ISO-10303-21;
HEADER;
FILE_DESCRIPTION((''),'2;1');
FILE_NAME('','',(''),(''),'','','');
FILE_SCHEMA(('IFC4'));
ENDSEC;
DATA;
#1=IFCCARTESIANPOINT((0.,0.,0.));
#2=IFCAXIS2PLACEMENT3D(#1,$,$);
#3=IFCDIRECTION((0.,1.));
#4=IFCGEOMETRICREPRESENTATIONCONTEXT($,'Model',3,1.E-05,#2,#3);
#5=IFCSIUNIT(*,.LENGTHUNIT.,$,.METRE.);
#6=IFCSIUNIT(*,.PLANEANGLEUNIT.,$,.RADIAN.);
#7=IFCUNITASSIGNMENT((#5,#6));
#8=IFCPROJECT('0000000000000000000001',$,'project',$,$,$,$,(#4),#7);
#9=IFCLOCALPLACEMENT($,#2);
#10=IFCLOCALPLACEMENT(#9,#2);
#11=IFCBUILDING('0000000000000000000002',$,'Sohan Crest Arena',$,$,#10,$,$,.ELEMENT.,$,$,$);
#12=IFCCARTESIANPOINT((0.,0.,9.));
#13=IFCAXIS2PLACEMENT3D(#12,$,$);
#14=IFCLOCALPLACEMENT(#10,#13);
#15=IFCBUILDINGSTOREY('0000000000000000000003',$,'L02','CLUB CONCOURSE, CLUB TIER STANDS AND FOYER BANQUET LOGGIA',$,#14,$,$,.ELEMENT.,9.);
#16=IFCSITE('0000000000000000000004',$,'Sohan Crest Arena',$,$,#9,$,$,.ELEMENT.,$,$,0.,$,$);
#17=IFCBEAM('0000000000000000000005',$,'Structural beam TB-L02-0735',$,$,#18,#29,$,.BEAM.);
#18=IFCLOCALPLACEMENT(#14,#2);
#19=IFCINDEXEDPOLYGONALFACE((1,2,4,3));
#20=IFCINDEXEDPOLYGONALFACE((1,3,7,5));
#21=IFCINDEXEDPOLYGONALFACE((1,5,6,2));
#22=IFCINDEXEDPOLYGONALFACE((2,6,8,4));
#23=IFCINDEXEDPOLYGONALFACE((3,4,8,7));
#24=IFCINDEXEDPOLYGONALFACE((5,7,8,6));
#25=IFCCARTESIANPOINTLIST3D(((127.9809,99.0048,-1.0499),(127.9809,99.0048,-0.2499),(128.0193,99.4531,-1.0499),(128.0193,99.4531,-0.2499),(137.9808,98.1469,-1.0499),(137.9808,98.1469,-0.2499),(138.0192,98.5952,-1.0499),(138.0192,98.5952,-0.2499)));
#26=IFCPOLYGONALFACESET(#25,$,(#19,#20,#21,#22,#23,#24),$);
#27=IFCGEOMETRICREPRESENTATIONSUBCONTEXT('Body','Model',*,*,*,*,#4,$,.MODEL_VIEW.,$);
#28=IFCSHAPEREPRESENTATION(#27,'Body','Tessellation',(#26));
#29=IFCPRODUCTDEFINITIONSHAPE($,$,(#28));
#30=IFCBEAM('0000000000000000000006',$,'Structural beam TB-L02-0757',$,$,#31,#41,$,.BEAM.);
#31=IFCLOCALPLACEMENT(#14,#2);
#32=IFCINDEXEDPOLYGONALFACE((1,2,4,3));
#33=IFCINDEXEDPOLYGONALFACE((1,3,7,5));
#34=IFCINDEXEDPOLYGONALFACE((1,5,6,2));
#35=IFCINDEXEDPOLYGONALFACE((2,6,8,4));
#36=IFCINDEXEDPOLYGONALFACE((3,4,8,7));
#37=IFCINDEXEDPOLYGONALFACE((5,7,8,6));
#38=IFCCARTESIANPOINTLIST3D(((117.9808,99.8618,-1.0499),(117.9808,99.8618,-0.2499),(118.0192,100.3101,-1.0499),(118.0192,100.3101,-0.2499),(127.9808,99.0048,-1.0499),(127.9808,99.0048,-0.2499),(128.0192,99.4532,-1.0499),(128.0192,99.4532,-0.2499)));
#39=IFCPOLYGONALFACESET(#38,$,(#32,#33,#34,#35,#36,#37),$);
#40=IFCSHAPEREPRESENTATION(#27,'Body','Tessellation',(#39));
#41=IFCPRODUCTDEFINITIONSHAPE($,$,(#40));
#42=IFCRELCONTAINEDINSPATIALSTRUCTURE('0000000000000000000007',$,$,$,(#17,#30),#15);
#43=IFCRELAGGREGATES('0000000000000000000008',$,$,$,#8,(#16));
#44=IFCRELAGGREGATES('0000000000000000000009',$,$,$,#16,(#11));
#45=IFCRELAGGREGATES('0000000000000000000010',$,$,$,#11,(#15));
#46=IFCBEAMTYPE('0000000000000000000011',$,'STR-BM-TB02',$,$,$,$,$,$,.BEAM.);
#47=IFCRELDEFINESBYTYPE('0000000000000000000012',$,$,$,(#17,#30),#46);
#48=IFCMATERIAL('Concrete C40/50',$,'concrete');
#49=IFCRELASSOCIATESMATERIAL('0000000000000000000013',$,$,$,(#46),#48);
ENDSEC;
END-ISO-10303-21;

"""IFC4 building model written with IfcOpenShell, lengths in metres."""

from ifc_helpers import new_model, si_unit, direction, frame, origin, origin_2d, place, context, subcontext, project, spatial, rectangle, extrude, material, material_profile, profile_set, type_object, element, save


model = new_model("IFC4")

# Units and contexts
model_context = context("Model", 3, precision=1e-05, world=origin(), true_north=direction((0.0, 1.0)))
body_context = subcontext(model_context, "Body", "Model", "MODEL_VIEW")
ifc_project = project(units=[si_unit("LENGTHUNIT", "METRE"), si_unit("PLANEANGLEUNIT", "RADIAN")], contexts=[model_context])

# Site, building, storey
site_placement = place(None, origin())
site = spatial("IfcSite", under=ifc_project, at=site_placement, Name="Sohan Crest Arena", CompositionType="ELEMENT", RefElevation=0.0)
building_placement = place(site_placement, origin())
building = spatial("IfcBuilding", under=site, at=building_placement, Name="Sohan Crest Arena", CompositionType="ELEMENT")
storey_placement = place(building_placement, frame((0.0, 0.0, 9.0)))
storey = spatial("IfcBuildingStorey", under=building, at=storey_placement, Name="L02", Description="CLUB CONCOURSE, CLUB TIER STANDS AND FOYER BANQUET LOGGIA", CompositionType="ELEMENT", Elevation=9.0)

# Shared definitions
ifc_material_1 = material(Name="Concrete C40/50", Category="concrete")

# Beams
ifc_material_profile_1 = material_profile(ifc_material_1, rectangle(XDim=0.45, YDim=0.8, at=origin_2d()), Name="RC-BM 450x800")
ifc_profile_set_1 = profile_set([ifc_material_profile_1], Name="Concrete C40/50")
beam_type_1 = type_object("IfcBeamType", Name="STR-BM-TB02", PredefinedType="BEAM", material=ifc_profile_set_1)
for number, where, z_axis, x_axis, name in (
    (1, (138.0, 98.3711, -0.6499), (-0.99634, 0.085477, 0.0), (-0.085477, -0.99634, 0.0), "Structural beam TB-L02-0735"),
    (2, (128.0, 99.229, -0.6499), (-0.996348, 0.08538, 0.0), (-0.08538, -0.996348, 0.0), "Structural beam TB-L02-0757"),
):
    element("IfcBeam", number, at=place(storey_placement, frame(where, z_axis=z_axis, x_axis=x_axis)), inside=storey, type_object=beam_type_1, Name=name, PredefinedType="BEAM", context=body_context, shape_type="SweptSolid", body=[
        extrude(rectangle(XDim=0.45, YDim=0.8, at=origin_2d()), origin(), (0.0, 0.0, 1.0), 10.0366),
    ])

save(model, "model.ifc")
